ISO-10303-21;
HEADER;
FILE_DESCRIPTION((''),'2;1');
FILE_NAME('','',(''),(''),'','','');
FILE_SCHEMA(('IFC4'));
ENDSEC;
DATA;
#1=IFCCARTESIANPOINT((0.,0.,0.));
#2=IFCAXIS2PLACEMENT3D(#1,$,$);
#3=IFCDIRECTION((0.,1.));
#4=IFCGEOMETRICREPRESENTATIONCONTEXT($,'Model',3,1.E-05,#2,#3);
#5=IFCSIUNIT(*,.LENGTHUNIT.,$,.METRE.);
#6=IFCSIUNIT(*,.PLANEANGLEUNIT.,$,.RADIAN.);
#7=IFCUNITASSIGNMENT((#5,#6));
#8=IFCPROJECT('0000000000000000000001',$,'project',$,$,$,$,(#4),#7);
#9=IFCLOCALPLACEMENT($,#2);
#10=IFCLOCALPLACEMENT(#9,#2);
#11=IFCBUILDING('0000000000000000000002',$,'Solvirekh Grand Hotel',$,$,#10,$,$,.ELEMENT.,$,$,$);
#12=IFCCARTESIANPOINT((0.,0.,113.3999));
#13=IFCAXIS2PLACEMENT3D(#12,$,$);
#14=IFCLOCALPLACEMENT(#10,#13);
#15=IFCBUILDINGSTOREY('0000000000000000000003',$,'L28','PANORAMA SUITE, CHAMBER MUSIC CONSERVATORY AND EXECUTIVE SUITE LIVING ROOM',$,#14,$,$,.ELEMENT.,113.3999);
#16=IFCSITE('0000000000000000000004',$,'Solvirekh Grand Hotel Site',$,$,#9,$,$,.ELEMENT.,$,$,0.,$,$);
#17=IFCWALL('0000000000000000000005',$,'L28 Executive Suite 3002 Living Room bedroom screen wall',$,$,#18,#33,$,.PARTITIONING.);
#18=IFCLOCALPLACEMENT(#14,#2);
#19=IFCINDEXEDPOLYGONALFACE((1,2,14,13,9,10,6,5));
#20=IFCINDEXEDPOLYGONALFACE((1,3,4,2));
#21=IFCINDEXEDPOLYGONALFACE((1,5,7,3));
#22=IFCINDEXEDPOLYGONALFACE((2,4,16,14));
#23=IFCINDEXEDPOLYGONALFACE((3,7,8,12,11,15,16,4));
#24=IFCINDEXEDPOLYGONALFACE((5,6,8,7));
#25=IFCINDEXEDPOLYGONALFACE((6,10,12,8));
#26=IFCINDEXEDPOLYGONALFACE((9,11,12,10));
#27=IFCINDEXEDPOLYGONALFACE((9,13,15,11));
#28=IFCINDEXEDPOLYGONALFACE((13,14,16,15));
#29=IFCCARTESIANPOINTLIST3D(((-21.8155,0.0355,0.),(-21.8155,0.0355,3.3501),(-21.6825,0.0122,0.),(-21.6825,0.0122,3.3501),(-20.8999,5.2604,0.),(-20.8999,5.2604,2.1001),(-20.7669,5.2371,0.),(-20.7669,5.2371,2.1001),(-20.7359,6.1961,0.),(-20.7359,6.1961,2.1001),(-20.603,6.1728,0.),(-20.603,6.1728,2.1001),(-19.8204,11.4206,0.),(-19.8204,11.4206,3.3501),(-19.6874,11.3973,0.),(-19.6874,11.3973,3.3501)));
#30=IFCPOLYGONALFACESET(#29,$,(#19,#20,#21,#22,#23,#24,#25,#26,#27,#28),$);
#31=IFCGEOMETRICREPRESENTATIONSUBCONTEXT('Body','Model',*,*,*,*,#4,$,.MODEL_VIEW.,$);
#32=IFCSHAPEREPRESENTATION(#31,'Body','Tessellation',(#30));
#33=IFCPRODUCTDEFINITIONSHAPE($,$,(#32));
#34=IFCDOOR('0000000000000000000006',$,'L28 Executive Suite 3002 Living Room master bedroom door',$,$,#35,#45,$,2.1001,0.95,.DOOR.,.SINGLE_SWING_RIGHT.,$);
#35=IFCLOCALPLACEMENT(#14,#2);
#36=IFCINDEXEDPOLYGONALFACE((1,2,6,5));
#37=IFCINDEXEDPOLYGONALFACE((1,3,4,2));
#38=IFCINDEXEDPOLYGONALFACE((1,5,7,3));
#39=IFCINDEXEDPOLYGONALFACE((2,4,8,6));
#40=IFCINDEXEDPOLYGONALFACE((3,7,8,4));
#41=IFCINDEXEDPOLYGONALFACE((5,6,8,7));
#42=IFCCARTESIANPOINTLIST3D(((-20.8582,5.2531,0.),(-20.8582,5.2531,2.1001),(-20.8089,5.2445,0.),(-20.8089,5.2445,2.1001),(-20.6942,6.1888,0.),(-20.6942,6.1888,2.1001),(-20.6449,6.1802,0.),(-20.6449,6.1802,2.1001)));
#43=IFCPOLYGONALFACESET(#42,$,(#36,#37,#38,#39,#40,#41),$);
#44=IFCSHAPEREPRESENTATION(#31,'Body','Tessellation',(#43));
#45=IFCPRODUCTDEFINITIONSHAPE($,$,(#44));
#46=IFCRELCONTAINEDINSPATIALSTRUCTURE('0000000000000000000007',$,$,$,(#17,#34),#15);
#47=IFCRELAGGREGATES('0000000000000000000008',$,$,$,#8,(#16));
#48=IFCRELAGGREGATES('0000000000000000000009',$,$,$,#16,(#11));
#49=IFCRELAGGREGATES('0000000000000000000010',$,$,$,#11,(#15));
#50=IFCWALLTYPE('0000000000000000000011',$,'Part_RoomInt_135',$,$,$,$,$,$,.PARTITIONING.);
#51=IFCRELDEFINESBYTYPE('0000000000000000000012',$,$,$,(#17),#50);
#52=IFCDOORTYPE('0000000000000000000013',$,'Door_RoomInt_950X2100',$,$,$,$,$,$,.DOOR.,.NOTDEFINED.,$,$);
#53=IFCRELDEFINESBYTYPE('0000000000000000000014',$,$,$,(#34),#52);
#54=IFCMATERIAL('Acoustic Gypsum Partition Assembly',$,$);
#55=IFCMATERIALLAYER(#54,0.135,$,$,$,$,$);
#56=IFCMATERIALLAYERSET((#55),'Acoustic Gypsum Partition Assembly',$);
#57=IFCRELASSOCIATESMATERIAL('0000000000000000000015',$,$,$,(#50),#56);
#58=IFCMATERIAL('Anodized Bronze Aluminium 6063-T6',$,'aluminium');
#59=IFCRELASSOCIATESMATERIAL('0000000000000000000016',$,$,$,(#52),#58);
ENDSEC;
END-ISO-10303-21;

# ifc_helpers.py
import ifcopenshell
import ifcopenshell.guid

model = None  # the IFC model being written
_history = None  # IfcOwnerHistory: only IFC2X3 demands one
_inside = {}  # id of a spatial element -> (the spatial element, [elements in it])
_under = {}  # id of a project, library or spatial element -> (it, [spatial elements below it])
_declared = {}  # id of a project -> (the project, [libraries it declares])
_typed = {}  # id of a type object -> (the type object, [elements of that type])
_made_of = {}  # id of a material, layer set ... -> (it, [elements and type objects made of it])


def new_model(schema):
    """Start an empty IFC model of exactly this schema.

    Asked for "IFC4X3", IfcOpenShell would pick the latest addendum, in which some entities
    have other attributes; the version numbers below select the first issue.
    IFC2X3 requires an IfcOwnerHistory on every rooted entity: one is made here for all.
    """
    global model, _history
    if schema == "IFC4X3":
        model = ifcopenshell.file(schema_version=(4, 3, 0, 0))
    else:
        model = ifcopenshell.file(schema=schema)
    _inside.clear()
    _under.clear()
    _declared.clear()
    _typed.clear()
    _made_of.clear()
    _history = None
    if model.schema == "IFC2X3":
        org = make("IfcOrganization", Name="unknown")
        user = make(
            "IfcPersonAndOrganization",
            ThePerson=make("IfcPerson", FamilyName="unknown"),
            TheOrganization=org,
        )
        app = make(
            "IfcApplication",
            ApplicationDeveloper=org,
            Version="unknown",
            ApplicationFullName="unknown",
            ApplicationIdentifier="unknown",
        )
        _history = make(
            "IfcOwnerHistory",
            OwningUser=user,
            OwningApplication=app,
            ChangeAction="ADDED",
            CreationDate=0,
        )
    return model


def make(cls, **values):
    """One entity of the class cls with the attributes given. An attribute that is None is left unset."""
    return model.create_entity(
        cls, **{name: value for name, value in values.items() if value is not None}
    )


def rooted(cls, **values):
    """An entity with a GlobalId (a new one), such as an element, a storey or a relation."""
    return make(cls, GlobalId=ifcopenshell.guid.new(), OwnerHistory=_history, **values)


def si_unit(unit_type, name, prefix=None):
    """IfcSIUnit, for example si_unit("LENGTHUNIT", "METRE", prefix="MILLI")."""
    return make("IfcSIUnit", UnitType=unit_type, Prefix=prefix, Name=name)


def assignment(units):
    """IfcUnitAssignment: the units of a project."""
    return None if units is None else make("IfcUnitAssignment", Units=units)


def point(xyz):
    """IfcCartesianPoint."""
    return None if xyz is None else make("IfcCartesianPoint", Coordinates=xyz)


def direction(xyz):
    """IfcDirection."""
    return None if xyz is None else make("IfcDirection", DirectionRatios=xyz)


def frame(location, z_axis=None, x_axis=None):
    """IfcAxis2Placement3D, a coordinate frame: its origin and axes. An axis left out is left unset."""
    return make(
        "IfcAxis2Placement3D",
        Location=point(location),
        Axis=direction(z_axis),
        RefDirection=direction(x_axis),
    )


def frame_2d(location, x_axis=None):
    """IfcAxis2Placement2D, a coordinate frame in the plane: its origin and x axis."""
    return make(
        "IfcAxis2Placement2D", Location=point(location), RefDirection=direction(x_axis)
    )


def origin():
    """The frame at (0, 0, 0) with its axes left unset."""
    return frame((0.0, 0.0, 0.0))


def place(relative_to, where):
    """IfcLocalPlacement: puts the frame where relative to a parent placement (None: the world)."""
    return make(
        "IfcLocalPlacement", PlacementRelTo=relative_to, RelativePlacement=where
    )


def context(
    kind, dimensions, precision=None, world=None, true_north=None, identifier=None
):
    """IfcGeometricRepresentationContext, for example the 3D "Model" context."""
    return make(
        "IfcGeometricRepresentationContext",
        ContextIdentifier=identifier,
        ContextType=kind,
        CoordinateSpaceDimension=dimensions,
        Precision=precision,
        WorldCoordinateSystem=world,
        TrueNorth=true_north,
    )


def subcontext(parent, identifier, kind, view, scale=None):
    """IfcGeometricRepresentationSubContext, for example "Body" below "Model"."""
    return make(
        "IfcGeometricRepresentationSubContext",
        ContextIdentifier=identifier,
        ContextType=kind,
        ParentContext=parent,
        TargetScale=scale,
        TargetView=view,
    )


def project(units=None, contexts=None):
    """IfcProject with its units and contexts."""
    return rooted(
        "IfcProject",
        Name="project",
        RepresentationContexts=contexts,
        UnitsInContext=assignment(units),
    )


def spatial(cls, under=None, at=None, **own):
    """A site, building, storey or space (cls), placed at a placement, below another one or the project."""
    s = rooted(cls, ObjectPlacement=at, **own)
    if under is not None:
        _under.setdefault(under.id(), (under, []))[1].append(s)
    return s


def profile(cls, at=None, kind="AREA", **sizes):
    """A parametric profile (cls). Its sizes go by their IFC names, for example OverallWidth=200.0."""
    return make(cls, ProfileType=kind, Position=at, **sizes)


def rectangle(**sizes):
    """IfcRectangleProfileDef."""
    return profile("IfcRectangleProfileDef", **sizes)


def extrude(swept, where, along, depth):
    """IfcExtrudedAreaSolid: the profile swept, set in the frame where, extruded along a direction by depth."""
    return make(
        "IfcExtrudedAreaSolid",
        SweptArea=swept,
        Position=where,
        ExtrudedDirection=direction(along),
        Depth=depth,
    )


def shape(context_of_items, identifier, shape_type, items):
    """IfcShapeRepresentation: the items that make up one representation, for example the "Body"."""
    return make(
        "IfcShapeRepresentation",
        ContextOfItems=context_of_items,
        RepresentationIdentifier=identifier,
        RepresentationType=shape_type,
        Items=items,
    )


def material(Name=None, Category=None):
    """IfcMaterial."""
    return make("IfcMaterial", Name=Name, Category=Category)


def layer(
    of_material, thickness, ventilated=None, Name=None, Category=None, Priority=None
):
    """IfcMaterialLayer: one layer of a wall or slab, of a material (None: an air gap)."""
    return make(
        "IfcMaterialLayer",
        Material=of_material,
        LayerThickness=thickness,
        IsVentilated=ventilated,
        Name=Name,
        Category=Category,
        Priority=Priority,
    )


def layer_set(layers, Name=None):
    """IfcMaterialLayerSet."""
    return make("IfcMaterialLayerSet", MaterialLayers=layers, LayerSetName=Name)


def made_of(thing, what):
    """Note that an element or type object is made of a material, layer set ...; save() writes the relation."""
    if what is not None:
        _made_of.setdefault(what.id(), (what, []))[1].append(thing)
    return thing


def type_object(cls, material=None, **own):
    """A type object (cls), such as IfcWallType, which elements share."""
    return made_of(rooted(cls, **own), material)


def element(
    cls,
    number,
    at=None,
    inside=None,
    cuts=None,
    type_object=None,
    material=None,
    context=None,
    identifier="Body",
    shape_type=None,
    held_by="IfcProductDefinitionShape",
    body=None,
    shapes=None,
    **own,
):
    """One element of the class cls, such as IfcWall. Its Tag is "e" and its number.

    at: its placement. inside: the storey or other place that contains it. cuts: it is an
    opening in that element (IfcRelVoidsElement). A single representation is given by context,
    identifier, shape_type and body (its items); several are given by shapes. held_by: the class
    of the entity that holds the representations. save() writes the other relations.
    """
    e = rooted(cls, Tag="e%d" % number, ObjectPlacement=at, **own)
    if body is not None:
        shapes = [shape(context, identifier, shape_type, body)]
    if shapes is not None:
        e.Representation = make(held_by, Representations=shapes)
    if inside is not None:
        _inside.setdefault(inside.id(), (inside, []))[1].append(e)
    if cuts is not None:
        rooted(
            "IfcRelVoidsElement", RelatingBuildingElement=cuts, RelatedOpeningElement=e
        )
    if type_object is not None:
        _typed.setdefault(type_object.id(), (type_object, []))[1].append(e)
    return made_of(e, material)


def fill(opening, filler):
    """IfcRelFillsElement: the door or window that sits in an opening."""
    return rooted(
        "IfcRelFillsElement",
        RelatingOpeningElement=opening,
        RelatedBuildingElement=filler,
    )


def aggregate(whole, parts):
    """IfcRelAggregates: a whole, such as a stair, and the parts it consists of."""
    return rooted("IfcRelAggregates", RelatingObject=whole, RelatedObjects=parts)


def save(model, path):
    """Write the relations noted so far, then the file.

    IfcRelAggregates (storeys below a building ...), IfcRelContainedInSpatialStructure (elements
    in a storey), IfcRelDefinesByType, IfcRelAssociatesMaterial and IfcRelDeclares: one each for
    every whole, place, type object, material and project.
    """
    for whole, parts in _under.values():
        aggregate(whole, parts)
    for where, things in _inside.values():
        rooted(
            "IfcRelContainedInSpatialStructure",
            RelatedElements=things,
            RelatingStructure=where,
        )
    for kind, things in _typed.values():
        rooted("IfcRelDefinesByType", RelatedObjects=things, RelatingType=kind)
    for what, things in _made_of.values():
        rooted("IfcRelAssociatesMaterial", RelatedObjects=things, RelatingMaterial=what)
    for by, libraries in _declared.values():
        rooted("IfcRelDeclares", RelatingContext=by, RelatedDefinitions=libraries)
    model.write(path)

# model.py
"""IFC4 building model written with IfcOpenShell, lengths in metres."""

from ifc_helpers import new_model, si_unit, direction, frame, frame_2d, origin, place, context, subcontext, project, spatial, rectangle, extrude, material, layer, layer_set, type_object, element, fill, save


model = new_model("IFC4")

# Units and contexts
model_context = context("Model", 3, precision=1e-05, world=origin(), true_north=direction((0.0, 1.0)))
body_context = subcontext(model_context, "Body", "Model", "MODEL_VIEW")
ifc_project = project(units=[si_unit("LENGTHUNIT", "METRE"), si_unit("PLANEANGLEUNIT", "RADIAN")], contexts=[model_context])

# Site, building, storey
site_placement = place(None, origin())
site = spatial("IfcSite", under=ifc_project, at=site_placement, Name="Solvirekh Grand Hotel Site", CompositionType="ELEMENT", RefElevation=0.0)
building_placement = place(site_placement, origin())
building = spatial("IfcBuilding", under=site, at=building_placement, Name="Solvirekh Grand Hotel", CompositionType="ELEMENT")
storey_placement = place(building_placement, frame((0.0, 0.0, 113.3999)))
storey = spatial("IfcBuildingStorey", under=building, at=storey_placement, Name="L28", Description="PANORAMA SUITE, CHAMBER MUSIC CONSERVATORY AND EXECUTIVE SUITE LIVING ROOM", CompositionType="ELEMENT", Elevation=113.3999)

# Shared definitions
ifc_material_1 = material(Name="Anodized Bronze Aluminium 6063-T6", Category="aluminium")

# Wall, opening, door
ifc_material_2 = material(Name="Acoustic Gypsum Partition Assembly")
ifc_layer_1 = layer(ifc_material_2, 0.135)
ifc_layer_set_1 = layer_set([ifc_layer_1], Name="Acoustic Gypsum Partition Assembly")
wall_type_1 = type_object("IfcWallType", Name="Part_RoomInt_135", PredefinedType="PARTITIONING", material=ifc_layer_set_1)
wall_1_placement = place(storey_placement, frame((-19.7539, 11.4089, 0.0), z_axis=(0.0, 0.0, 1.0), x_axis=(-0.17261, -0.98499, 0.0)))
wall_1 = element("IfcWall", 1, at=wall_1_placement, inside=storey, type_object=wall_type_1, Name="L28 Executive Suite 3002 Living Room bedroom screen wall", PredefinedType="PARTITIONING", context=body_context, shape_type="SweptSolid", body=[
    extrude(rectangle(XDim=11.5586, YDim=0.135, at=frame_2d((5.7793, 0.0))), origin(), (0.0, 0.0, 1.0), 3.3501),
])
opening_1_placement = place(wall_1_placement, frame((5.304, 0.0, 0.0)))
opening_1 = element("IfcOpeningElement", 2, at=opening_1_placement, cuts=wall_1, PredefinedType="OPENING", context=body_context, shape_type="SweptSolid", body=[
    extrude(rectangle(XDim=0.95, YDim=2.1001, at=frame_2d((0.4751, 1.05))), frame((0.0, 0.0776, 0.0), z_axis=(0.0, -1.0, 0.0), x_axis=(1.0, 0.0, 0.0)), (0.0, 0.0, 1.0), 0.155),
])
door_type = type_object("IfcDoorType", Name="Door_RoomInt_950X2100", OperationType="NOTDEFINED", PredefinedType="DOOR", material=ifc_material_1)
door_placement = place(opening_1_placement, origin())
door = element("IfcDoor", 3, at=door_placement, inside=storey, type_object=door_type, Name="L28 Executive Suite 3002 Living Room master bedroom door", OperationType="SINGLE_SWING_RIGHT", OverallHeight=2.1001, OverallWidth=0.95, PredefinedType="DOOR", context=body_context, shape_type="SweptSolid", body=[
    extrude(rectangle(XDim=0.95, YDim=2.1001, at=frame_2d((0.4751, 1.05))), frame((0.0, 0.0249, 0.0), z_axis=(0.0, -1.0, 0.0), x_axis=(1.0, 0.0, 0.0)), (0.0, 0.0, 1.0), 0.05),
])
fill(opening_1, door)

save(model, "model.ifc")
